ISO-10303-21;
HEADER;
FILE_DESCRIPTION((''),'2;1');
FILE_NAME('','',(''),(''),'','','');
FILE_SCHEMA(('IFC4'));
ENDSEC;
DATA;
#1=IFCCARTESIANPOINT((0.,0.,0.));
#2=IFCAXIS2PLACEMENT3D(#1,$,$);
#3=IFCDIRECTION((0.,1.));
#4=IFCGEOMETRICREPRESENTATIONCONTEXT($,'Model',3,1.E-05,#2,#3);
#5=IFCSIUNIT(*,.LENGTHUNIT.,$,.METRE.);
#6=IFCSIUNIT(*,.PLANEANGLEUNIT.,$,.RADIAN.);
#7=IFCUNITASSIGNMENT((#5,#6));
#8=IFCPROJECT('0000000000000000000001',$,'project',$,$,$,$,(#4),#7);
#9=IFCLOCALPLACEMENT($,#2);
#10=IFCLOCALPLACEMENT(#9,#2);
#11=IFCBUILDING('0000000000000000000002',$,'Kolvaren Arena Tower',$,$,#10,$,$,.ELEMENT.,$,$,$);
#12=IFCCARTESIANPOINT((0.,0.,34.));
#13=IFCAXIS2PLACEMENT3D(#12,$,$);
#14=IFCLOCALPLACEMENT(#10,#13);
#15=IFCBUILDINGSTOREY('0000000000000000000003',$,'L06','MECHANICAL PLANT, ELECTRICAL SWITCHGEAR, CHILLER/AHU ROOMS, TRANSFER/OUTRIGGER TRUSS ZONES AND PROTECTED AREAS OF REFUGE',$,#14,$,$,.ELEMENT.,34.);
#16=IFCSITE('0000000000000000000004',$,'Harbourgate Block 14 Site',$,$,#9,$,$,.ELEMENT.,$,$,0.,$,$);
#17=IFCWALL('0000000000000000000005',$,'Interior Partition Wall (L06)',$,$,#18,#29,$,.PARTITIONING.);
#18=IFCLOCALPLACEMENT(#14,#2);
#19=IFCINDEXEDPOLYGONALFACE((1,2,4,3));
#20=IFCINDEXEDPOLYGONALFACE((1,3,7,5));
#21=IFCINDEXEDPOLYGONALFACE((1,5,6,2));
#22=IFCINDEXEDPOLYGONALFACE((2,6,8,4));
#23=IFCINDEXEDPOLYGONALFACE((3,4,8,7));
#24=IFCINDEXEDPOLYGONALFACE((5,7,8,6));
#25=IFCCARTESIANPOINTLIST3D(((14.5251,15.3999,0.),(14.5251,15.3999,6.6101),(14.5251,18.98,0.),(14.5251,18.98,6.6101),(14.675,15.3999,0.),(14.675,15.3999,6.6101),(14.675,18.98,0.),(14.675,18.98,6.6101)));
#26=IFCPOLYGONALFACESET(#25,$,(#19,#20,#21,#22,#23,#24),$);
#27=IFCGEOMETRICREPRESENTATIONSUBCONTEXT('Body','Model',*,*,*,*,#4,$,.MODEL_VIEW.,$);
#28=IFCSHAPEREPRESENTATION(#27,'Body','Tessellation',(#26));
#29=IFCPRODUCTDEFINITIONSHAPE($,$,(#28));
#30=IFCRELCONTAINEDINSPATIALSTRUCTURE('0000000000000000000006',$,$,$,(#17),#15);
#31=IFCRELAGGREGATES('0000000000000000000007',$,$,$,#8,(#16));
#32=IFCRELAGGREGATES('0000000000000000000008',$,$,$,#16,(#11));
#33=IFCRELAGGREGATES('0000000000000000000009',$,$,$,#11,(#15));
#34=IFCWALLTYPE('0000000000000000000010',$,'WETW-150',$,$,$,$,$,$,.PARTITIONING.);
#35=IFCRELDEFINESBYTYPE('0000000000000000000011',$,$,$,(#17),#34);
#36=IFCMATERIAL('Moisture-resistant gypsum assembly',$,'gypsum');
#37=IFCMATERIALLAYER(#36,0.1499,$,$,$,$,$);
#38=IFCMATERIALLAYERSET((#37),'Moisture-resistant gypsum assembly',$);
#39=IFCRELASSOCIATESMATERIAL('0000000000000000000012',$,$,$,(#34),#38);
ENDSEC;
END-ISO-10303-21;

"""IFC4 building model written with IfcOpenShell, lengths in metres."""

from ifc_helpers import new_model, si_unit, direction, frame, frame_2d, origin, place, context, subcontext, project, spatial, rectangle, extrude, material, layer, layer_set, type_object, element, save


model = new_model("IFC4")

# Units and contexts
model_context = context("Model", 3, precision=1e-05, world=origin(), true_north=direction((0.0, 1.0)))
body_context = subcontext(model_context, "Body", "Model", "MODEL_VIEW")
ifc_project = project(units=[si_unit("LENGTHUNIT", "METRE"), si_unit("PLANEANGLEUNIT", "RADIAN")], contexts=[model_context])

# Site, building, storey
site_placement = place(None, origin())
site = spatial("IfcSite", under=ifc_project, at=site_placement, Name="Harbourgate Block 14 Site", CompositionType="ELEMENT", RefElevation=0.0)
building_placement = place(site_placement, origin())
building = spatial("IfcBuilding", under=site, at=building_placement, Name="Kolvaren Arena Tower", CompositionType="ELEMENT")
storey_placement = place(building_placement, frame((0.0, 0.0, 34.0)))
storey = spatial("IfcBuildingStorey", under=building, at=storey_placement, Name="L06", Description="MECHANICAL PLANT, ELECTRICAL SWITCHGEAR, CHILLER/AHU ROOMS, TRANSFER/OUTRIGGER TRUSS ZONES AND PROTECTED AREAS OF REFUGE", CompositionType="ELEMENT", Elevation=34.0)

# Shared definitions
ifc_material_1 = material(Name="Moisture-resistant gypsum assembly", Category="gypsum")
ifc_layer_1 = layer(ifc_material_1, 0.1499)
ifc_layer_set_1 = layer_set([ifc_layer_1], Name="Moisture-resistant gypsum assembly")
wall_type_1 = type_object("IfcWallType", Name="WETW-150", PredefinedType="PARTITIONING", material=ifc_layer_set_1)

# Wall
wall_1_placement = place(storey_placement, frame((14.6001, 15.3999, 0.0), z_axis=(0.0, 0.0, 1.0), x_axis=(0.0, 1.0, 0.0)))
element("IfcWall", 1, at=wall_1_placement, inside=storey, type_object=wall_type_1, Name="Interior Partition Wall (L06)", PredefinedType="PARTITIONING", context=body_context, shape_type="SweptSolid", body=[
    extrude(rectangle(XDim=3.5801, YDim=0.1499, at=frame_2d((1.79, 0.0))), origin(), (0.0, 0.0, 1.0), 6.6101),
])

save(model, "model.ifc")
